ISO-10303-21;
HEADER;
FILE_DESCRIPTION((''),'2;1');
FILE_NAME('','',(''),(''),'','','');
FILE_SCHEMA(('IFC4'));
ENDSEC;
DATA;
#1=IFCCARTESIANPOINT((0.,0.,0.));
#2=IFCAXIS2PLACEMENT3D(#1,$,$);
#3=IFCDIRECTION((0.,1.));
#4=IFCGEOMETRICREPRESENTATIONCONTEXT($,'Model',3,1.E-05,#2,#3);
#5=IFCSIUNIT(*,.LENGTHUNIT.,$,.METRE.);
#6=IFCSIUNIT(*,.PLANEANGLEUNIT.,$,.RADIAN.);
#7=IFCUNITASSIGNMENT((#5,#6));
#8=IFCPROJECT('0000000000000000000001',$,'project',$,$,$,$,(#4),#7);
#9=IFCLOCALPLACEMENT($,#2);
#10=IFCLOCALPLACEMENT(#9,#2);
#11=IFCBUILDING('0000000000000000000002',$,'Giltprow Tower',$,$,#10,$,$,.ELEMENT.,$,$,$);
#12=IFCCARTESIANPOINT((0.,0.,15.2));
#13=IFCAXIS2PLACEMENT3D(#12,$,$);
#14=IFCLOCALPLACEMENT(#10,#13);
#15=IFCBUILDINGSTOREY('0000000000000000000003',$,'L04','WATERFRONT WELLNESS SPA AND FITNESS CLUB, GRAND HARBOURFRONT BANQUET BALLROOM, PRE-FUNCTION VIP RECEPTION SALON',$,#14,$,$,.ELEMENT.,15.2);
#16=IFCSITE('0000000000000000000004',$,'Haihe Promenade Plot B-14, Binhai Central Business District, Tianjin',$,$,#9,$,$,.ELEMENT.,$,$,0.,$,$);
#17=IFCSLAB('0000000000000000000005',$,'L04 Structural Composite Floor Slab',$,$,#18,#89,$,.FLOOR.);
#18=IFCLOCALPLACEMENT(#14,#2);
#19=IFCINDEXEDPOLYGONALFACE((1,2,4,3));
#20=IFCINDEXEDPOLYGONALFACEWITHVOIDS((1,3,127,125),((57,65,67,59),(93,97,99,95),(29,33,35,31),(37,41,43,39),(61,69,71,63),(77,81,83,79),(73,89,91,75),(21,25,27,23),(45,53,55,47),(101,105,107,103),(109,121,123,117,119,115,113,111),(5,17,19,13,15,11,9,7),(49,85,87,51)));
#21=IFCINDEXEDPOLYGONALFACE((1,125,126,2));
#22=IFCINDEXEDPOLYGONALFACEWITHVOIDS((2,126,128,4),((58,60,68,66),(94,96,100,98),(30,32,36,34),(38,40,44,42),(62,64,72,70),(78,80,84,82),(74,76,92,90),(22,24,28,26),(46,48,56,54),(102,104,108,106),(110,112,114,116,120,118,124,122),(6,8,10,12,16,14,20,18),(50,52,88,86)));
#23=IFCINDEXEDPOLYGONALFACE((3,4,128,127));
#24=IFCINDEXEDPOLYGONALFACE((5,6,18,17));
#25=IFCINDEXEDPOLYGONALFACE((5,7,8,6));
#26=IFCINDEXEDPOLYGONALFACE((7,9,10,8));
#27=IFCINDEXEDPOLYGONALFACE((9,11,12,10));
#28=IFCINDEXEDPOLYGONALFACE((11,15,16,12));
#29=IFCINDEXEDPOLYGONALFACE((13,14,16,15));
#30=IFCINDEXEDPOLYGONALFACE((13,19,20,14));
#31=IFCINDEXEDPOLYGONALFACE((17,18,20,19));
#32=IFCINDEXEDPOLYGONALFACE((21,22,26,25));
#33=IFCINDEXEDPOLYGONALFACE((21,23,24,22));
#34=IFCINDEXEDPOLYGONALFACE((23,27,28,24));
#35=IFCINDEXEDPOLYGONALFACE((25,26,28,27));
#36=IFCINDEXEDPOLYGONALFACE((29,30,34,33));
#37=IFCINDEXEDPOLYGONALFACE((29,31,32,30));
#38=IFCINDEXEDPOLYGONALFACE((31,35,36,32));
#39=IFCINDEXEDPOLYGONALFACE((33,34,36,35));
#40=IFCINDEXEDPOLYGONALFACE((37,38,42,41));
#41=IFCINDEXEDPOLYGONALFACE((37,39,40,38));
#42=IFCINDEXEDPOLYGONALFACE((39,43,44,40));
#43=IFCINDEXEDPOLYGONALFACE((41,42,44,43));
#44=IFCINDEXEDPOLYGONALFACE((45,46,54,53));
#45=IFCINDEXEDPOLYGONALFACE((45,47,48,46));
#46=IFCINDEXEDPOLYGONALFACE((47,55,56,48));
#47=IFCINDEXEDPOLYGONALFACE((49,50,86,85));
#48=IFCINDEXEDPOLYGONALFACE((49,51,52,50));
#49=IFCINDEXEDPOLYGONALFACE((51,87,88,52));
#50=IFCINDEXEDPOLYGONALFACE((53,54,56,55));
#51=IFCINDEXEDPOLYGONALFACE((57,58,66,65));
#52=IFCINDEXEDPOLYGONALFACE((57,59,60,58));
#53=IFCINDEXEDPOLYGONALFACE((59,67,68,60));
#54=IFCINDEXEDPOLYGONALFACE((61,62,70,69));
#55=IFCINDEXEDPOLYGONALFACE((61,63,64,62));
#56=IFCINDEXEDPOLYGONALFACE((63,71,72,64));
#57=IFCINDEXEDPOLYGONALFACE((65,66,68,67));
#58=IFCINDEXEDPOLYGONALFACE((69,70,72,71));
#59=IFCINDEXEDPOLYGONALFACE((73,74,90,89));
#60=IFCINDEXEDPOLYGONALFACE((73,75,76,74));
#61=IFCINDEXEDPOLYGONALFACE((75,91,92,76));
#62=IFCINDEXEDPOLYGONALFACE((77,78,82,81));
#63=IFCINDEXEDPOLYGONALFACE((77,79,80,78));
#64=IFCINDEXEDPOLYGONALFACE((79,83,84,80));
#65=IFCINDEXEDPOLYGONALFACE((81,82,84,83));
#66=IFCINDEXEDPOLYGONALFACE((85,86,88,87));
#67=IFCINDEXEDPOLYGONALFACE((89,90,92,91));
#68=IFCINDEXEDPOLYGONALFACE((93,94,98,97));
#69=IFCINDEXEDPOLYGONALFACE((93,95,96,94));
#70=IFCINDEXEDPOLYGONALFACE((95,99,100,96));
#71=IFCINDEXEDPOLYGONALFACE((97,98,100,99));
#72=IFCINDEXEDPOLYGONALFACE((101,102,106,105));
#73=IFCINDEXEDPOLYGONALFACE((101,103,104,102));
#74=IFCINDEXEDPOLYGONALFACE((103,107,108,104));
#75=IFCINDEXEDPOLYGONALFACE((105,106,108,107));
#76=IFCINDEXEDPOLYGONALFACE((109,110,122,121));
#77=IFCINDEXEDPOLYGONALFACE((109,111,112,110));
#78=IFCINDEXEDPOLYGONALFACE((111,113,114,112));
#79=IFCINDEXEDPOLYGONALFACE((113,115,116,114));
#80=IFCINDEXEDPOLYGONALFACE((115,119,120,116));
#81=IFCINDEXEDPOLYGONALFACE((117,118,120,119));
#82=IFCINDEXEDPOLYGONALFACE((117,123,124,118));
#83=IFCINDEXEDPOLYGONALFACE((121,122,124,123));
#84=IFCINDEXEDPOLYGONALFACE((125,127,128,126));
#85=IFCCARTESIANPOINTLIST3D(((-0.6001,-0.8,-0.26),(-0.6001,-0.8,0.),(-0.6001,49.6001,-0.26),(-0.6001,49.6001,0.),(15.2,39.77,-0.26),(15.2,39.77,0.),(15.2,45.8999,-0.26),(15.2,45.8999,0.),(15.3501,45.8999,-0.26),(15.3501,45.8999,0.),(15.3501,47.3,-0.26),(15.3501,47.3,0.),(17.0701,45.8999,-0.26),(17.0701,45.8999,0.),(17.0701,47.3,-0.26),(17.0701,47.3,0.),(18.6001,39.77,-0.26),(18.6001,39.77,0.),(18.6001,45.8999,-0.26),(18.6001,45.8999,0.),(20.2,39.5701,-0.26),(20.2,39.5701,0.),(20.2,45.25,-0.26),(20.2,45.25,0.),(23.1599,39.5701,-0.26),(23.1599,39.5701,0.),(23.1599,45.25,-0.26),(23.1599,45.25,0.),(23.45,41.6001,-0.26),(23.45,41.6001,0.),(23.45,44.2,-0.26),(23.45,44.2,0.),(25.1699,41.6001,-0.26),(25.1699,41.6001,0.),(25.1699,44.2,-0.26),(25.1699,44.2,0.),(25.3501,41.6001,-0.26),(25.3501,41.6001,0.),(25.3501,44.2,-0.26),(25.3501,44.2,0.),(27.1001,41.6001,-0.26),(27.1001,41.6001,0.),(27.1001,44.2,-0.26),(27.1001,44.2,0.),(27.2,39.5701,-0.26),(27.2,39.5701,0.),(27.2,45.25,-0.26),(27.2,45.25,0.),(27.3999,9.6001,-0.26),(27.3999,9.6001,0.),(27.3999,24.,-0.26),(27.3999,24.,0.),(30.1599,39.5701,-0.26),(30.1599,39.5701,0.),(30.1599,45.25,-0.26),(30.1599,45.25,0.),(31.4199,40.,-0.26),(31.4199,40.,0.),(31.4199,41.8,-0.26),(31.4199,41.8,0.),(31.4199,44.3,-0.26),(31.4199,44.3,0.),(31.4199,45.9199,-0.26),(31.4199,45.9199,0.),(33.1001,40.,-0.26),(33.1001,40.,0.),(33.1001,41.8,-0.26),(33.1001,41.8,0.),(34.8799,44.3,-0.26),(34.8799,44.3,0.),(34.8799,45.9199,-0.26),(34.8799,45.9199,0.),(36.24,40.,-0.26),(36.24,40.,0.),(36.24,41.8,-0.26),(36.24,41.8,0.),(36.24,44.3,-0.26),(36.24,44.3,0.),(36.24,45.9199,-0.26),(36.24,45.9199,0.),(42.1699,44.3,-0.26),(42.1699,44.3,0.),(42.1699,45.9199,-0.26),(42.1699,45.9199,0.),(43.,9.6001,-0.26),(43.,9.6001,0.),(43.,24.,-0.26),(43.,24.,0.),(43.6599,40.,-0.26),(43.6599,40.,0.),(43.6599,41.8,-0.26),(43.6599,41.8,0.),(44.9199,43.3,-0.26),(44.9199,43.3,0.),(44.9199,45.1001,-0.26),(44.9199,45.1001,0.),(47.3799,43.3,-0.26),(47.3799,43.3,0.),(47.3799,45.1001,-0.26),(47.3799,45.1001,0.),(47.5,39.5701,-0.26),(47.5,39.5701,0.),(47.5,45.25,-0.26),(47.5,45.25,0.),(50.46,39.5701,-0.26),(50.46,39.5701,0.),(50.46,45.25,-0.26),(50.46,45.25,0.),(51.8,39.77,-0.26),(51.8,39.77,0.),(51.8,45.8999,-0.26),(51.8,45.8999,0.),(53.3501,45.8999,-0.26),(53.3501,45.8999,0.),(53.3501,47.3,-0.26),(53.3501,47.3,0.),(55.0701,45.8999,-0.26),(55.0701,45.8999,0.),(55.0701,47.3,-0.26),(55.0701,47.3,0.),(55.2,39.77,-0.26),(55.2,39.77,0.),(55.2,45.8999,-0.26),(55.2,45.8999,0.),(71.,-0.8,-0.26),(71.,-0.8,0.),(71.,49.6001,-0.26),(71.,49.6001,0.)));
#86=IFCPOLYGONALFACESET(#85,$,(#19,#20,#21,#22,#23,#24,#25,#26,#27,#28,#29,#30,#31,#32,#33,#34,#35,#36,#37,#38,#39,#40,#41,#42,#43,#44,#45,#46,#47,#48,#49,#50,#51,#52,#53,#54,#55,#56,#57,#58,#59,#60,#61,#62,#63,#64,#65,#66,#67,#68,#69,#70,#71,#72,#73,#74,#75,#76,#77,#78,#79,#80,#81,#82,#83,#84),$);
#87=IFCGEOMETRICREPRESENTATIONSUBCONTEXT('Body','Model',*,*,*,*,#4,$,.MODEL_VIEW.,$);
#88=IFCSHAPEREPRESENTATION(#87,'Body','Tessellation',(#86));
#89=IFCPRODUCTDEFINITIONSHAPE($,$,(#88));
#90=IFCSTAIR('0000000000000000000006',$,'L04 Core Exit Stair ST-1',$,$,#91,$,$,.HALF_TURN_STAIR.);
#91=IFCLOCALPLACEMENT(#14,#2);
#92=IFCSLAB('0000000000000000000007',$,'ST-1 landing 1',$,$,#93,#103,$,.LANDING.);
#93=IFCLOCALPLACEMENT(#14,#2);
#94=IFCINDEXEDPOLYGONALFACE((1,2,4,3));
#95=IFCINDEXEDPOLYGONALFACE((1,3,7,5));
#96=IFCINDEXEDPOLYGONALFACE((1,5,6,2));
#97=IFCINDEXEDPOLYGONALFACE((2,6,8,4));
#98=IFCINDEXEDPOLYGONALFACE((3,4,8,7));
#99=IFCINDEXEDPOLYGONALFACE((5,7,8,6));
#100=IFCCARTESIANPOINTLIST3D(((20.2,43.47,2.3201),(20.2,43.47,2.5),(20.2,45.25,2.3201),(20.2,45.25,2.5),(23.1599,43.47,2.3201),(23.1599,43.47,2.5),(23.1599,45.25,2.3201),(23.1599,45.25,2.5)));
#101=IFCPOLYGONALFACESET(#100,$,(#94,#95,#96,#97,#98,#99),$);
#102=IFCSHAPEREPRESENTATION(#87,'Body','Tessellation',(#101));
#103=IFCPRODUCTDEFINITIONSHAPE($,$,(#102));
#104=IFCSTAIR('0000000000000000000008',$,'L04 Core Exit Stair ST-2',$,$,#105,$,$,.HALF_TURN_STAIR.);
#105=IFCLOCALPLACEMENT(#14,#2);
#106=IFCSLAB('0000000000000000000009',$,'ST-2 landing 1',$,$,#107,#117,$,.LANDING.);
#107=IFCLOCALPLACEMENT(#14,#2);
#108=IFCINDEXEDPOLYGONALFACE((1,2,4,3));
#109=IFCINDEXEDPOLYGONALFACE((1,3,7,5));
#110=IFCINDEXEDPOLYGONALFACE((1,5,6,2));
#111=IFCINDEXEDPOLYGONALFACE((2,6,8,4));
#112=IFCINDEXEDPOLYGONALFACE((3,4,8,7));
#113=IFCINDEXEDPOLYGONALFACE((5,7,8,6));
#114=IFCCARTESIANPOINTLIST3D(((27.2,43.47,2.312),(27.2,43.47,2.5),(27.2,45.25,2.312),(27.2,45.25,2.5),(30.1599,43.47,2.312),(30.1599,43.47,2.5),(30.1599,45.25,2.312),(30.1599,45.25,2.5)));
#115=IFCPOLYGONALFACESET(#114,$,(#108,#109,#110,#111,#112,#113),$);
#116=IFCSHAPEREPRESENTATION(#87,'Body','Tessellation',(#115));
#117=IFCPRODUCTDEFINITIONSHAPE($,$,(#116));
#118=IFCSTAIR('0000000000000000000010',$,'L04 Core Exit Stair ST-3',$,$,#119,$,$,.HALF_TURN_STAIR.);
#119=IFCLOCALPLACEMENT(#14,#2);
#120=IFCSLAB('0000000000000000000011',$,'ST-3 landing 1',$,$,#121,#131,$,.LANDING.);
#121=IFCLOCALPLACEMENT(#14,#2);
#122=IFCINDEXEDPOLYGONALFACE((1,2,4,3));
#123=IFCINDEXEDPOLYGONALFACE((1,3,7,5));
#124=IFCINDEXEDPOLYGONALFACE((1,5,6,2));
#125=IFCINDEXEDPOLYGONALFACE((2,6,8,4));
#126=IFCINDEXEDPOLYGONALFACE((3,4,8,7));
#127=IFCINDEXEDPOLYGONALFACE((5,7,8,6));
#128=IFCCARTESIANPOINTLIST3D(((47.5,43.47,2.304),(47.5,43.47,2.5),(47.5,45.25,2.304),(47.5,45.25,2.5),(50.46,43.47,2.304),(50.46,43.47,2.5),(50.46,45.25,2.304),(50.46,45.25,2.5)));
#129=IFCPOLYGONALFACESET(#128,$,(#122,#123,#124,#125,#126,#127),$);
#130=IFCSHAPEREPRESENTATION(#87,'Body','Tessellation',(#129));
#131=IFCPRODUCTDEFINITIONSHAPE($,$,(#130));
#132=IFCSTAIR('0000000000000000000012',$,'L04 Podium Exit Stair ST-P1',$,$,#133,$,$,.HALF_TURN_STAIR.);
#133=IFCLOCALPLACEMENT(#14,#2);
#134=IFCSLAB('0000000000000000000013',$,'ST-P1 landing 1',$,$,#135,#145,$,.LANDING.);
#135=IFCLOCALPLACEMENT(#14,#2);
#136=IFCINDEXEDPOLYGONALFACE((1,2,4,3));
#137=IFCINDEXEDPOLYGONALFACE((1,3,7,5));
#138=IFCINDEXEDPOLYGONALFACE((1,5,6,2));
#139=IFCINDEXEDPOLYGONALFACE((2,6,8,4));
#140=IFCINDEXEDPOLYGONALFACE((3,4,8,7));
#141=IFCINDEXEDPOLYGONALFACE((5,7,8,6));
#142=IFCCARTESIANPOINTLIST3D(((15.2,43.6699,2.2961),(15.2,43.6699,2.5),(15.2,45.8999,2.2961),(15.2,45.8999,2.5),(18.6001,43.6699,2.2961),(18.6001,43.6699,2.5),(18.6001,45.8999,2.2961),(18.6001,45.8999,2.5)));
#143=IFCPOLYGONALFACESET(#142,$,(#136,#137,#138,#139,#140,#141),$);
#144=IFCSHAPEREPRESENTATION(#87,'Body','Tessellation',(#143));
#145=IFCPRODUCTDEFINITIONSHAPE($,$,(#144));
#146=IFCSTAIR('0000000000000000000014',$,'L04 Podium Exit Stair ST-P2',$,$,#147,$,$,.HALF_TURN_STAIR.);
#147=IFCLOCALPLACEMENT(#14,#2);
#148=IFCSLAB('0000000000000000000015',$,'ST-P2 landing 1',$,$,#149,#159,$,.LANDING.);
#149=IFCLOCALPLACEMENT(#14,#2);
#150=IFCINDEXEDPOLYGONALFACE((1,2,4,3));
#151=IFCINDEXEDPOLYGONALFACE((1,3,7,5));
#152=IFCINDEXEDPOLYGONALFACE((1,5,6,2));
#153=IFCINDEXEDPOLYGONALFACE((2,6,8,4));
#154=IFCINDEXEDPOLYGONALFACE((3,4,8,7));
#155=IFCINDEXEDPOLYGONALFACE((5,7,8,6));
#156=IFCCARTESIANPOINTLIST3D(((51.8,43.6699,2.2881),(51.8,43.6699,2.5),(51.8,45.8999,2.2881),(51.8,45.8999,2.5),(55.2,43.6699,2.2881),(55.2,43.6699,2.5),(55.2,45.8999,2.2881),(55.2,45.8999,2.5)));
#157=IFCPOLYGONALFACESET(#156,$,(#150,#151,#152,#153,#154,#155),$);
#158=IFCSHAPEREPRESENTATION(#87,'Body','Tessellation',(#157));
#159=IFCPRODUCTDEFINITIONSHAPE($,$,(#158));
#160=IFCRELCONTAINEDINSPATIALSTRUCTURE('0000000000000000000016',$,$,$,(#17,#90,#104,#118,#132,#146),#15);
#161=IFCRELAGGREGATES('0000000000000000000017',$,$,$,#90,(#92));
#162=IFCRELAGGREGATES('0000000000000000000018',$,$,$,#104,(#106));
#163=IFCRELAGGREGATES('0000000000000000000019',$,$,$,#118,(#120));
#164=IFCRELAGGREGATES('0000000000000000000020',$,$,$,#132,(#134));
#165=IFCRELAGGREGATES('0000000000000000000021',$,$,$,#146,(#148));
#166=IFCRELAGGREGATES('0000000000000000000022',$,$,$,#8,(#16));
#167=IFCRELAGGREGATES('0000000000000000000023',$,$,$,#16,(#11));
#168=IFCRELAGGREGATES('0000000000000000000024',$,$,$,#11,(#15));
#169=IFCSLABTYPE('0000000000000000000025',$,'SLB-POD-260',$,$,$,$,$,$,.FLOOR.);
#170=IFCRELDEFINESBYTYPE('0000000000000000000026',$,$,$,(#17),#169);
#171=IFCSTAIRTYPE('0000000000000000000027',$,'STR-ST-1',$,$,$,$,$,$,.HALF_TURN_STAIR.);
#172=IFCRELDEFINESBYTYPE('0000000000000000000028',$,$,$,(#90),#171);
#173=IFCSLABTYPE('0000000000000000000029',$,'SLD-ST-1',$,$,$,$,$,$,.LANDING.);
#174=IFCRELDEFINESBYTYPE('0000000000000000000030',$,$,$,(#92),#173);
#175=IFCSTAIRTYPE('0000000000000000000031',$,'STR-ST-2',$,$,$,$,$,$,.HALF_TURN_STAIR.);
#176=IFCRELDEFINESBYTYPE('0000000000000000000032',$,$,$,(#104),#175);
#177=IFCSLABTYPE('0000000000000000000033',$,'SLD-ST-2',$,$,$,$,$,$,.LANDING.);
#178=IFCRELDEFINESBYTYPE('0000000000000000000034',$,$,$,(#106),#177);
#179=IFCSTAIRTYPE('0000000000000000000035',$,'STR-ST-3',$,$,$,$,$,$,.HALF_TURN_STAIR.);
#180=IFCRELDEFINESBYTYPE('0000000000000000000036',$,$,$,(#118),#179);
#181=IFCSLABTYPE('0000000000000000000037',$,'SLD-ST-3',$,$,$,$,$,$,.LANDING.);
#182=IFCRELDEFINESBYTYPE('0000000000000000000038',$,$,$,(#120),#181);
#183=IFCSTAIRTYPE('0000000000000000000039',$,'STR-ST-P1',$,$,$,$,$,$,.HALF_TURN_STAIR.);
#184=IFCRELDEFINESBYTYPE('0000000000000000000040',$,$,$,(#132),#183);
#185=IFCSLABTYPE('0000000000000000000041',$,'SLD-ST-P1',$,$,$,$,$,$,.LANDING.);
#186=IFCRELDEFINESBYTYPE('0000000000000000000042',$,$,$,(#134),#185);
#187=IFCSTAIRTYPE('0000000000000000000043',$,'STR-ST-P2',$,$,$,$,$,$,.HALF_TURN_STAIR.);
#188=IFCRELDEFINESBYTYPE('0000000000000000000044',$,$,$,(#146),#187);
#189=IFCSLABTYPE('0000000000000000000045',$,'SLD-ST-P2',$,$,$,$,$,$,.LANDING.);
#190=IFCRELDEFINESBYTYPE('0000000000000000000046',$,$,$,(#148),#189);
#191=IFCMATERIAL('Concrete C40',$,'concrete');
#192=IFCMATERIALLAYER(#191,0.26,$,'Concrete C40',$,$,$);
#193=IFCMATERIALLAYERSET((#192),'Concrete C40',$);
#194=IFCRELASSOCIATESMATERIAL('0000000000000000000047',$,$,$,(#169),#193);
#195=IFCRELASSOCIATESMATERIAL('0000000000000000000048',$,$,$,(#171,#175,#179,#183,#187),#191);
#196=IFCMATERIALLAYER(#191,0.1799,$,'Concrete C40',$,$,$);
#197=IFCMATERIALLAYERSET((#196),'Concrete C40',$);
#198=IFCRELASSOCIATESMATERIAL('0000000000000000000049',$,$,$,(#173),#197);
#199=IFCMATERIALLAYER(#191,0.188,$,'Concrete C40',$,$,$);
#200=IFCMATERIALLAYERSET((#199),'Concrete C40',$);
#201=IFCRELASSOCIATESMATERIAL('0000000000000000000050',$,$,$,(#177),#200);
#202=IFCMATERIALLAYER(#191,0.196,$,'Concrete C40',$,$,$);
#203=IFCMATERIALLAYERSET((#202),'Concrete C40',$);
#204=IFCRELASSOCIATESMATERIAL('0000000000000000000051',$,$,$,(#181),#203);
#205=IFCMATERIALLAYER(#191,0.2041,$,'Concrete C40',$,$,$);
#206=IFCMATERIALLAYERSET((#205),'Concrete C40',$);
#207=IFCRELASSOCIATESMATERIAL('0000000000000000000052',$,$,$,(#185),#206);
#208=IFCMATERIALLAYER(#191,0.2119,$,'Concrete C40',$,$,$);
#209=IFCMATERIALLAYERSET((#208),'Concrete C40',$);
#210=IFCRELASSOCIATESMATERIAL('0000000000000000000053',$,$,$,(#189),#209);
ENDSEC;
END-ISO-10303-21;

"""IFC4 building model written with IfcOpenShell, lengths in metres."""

from ifc_helpers import new_model, si_unit, direction, frame, origin, place, context, subcontext, project, spatial, polyline, outline, extrude, material, layer, layer_set, type_object, element, aggregate, save


model = new_model("IFC4")

# Units and contexts
model_context = context("Model", 3, precision=1e-05, world=origin(), true_north=direction((0.0, 1.0)))
body_context = subcontext(model_context, "Body", "Model", "MODEL_VIEW")
ifc_project = project(units=[si_unit("LENGTHUNIT", "METRE"), si_unit("PLANEANGLEUNIT", "RADIAN")], contexts=[model_context])

# Site, building, storey
site_placement = place(None, origin())
site = spatial("IfcSite", under=ifc_project, at=site_placement, Name="Haihe Promenade Plot B-14, Binhai Central Business District, Tianjin", CompositionType="ELEMENT", RefElevation=0.0)
building_placement = place(site_placement, origin())
building = spatial("IfcBuilding", under=site, at=building_placement, Name="Giltprow Tower", CompositionType="ELEMENT")
storey_placement = place(building_placement, frame((0.0, 0.0, 15.2)))
storey = spatial("IfcBuildingStorey", under=building, at=storey_placement, Name="L04", Description="WATERFRONT WELLNESS SPA AND FITNESS CLUB, GRAND HARBOURFRONT BANQUET BALLROOM, PRE-FUNCTION VIP RECEPTION SALON", CompositionType="ELEMENT", Elevation=15.2)

# Slab
ifc_material_1 = material(Name="Concrete C40", Category="concrete")
ifc_layer_1 = layer(ifc_material_1, 0.26, Name="Concrete C40")
ifc_layer_set_1 = layer_set([ifc_layer_1], Name="Concrete C40")
slab_type_1 = type_object("IfcSlabType", Name="SLB-POD-260", PredefinedType="FLOOR", material=ifc_layer_set_1)
slab_1_placement = place(storey_placement, frame((0.0, 0.0, -0.26)))
element("IfcSlab", 1, at=slab_1_placement, inside=storey, type_object=slab_type_1, Name="L04 Structural Composite Floor Slab", PredefinedType="FLOOR", context=body_context, shape_type="SweptSolid", body=[
    extrude(outline(polyline([(-0.6001, 49.6001), (71.0, 49.6001), (71.0, -0.8), (-0.6001, -0.8), (-0.6001, 49.6001)]), holes=[polyline([(31.4199, 41.8), (31.4199, 40.0), (33.1001, 40.0), (33.1001, 41.8), (31.4199, 41.8)]), polyline([(23.1599, 39.5701), (23.1599, 45.25), (20.2, 45.25), (20.2, 39.5701), (23.1599, 39.5701)]), polyline([(30.1599, 39.5701), (30.1599, 45.25), (27.2, 45.25), (27.2, 39.5701), (30.1599, 39.5701)]), polyline([(18.6001, 39.77), (18.6001, 45.8999), (17.0701, 45.8999), (17.0701, 47.3), (15.3501, 47.3), (15.3501, 45.8999), (15.2, 45.8999), (15.2, 39.77), (18.6001, 39.77)]), polyline([(25.1699, 41.6001), (25.1699, 44.2), (23.45, 44.2), (23.45, 41.6001), (25.1699, 41.6001)]), polyline([(27.1001, 41.6001), (27.1001, 44.2), (25.3501, 44.2), (25.3501, 41.6001), (27.1001, 41.6001)]), polyline([(34.8799, 44.3), (34.8799, 45.9199), (31.4199, 45.9199), (31.4199, 44.3), (34.8799, 44.3)]), polyline([(43.0, 9.6001), (43.0, 24.0), (27.3999, 24.0), (27.3999, 9.6001), (43.0, 9.6001)]), polyline([(43.6599, 40.0), (43.6599, 41.8), (36.24, 41.8), (36.24, 40.0), (43.6599, 40.0)]), polyline([(50.46, 39.5701), (50.46, 45.25), (47.5, 45.25), (47.5, 39.5701), (50.46, 39.5701)]), polyline([(53.3501, 47.3), (53.3501, 45.8999), (51.8, 45.8999), (51.8, 39.77), (55.2, 39.77), (55.2, 45.8999), (55.0701, 45.8999), (55.0701, 47.3), (53.3501, 47.3)]), polyline([(47.3799, 43.3), (47.3799, 45.1001), (44.9199, 45.1001), (44.9199, 43.3), (47.3799, 43.3)]), polyline([(42.1699, 44.3), (42.1699, 45.9199), (36.24, 45.9199), (36.24, 44.3), (42.1699, 44.3)])]), origin(), (0.0, 0.0, 1.0), 0.26),
])

# Stairs, slabs
stair_type_1 = type_object("IfcStairType", Name="STR-ST-1", PredefinedType="HALF_TURN_STAIR", material=ifc_material_1)
stair_1_placement = place(storey_placement, origin())
stair_1 = element("IfcStair", 2, at=stair_1_placement, inside=storey, type_object=stair_type_1, Name="L04 Core Exit Stair ST-1", PredefinedType="HALF_TURN_STAIR")
ifc_layer_2 = layer(ifc_material_1, 0.1799, Name="Concrete C40")
ifc_layer_set_2 = layer_set([ifc_layer_2], Name="Concrete C40")
slab_type_2 = type_object("IfcSlabType", Name="SLD-ST-1", PredefinedType="LANDING", material=ifc_layer_set_2)
slab_2_placement = place(storey_placement, frame((0.0, 0.0, 2.3201)))
slab_2 = element("IfcSlab", 3, at=slab_2_placement, type_object=slab_type_2, Name="ST-1 landing 1", PredefinedType="LANDING", context=body_context, shape_type="SweptSolid", body=[
    extrude(outline(polyline([(23.1599, 43.47), (23.1599, 45.25), (20.2, 45.25), (20.2, 43.47), (23.1599, 43.47)])), origin(), (0.0, 0.0, 1.0), 0.1799),
])
aggregate(stair_1, [slab_2])
stair_type_2 = type_object("IfcStairType", Name="STR-ST-2", PredefinedType="HALF_TURN_STAIR", material=ifc_material_1)
stair_2_placement = place(storey_placement, origin())
stair_2 = element("IfcStair", 4, at=stair_2_placement, inside=storey, type_object=stair_type_2, Name="L04 Core Exit Stair ST-2", PredefinedType="HALF_TURN_STAIR")
ifc_layer_3 = layer(ifc_material_1, 0.188, Name="Concrete C40")
ifc_layer_set_3 = layer_set([ifc_layer_3], Name="Concrete C40")
slab_type_3 = type_object("IfcSlabType", Name="SLD-ST-2", PredefinedType="LANDING", material=ifc_layer_set_3)
slab_3_placement = place(storey_placement, frame((0.0, 0.0, 2.312)))
slab_3 = element("IfcSlab", 5, at=slab_3_placement, type_object=slab_type_3, Name="ST-2 landing 1", PredefinedType="LANDING", context=body_context, shape_type="SweptSolid", body=[
    extrude(outline(polyline([(30.1599, 43.47), (30.1599, 45.25), (27.2, 45.25), (27.2, 43.47), (30.1599, 43.47)])), origin(), (0.0, 0.0, 1.0), 0.188),
])
aggregate(stair_2, [slab_3])
stair_type_3 = type_object("IfcStairType", Name="STR-ST-3", PredefinedType="HALF_TURN_STAIR", material=ifc_material_1)
stair_3_placement = place(storey_placement, origin())
stair_3 = element("IfcStair", 6, at=stair_3_placement, inside=storey, type_object=stair_type_3, Name="L04 Core Exit Stair ST-3", PredefinedType="HALF_TURN_STAIR")
ifc_layer_4 = layer(ifc_material_1, 0.196, Name="Concrete C40")
ifc_layer_set_4 = layer_set([ifc_layer_4], Name="Concrete C40")
slab_type_4 = type_object("IfcSlabType", Name="SLD-ST-3", PredefinedType="LANDING", material=ifc_layer_set_4)
slab_4_placement = place(storey_placement, frame((0.0, 0.0, 2.304)))
slab_4 = element("IfcSlab", 7, at=slab_4_placement, type_object=slab_type_4, Name="ST-3 landing 1", PredefinedType="LANDING", context=body_context, shape_type="SweptSolid", body=[
    extrude(outline(polyline([(50.46, 43.47), (50.46, 45.25), (47.5, 45.25), (47.5, 43.47), (50.46, 43.47)])), origin(), (0.0, 0.0, 1.0), 0.196),
])
aggregate(stair_3, [slab_4])
stair_type_4 = type_object("IfcStairType", Name="STR-ST-P1", PredefinedType="HALF_TURN_STAIR", material=ifc_material_1)
stair_4_placement = place(storey_placement, origin())
stair_4 = element("IfcStair", 8, at=stair_4_placement, inside=storey, type_object=stair_type_4, Name="L04 Podium Exit Stair ST-P1", PredefinedType="HALF_TURN_STAIR")
ifc_layer_5 = layer(ifc_material_1, 0.2041, Name="Concrete C40")
ifc_layer_set_5 = layer_set([ifc_layer_5], Name="Concrete C40")
slab_type_5 = type_object("IfcSlabType", Name="SLD-ST-P1", PredefinedType="LANDING", material=ifc_layer_set_5)
slab_5_placement = place(storey_placement, frame((0.0, 0.0, 2.2961)))
slab_5 = element("IfcSlab", 9, at=slab_5_placement, type_object=slab_type_5, Name="ST-P1 landing 1", PredefinedType="LANDING", context=body_context, shape_type="SweptSolid", body=[
    extrude(outline(polyline([(18.6001, 43.6699), (18.6001, 45.8999), (15.2, 45.8999), (15.2, 43.6699), (18.6001, 43.6699)])), origin(), (0.0, 0.0, 1.0), 0.2039),
])
aggregate(stair_4, [slab_5])
stair_type_5 = type_object("IfcStairType", Name="STR-ST-P2", PredefinedType="HALF_TURN_STAIR", material=ifc_material_1)
stair_5_placement = place(storey_placement, origin())
stair_5 = element("IfcStair", 10, at=stair_5_placement, inside=storey, type_object=stair_type_5, Name="L04 Podium Exit Stair ST-P2", PredefinedType="HALF_TURN_STAIR")
ifc_layer_6 = layer(ifc_material_1, 0.2119, Name="Concrete C40")
ifc_layer_set_6 = layer_set([ifc_layer_6], Name="Concrete C40")
slab_type_6 = type_object("IfcSlabType", Name="SLD-ST-P2", PredefinedType="LANDING", material=ifc_layer_set_6)
slab_6_placement = place(storey_placement, frame((0.0, 0.0, 2.2881)))
slab_6 = element("IfcSlab", 11, at=slab_6_placement, type_object=slab_type_6, Name="ST-P2 landing 1", PredefinedType="LANDING", context=body_context, shape_type="SweptSolid", body=[
    extrude(outline(polyline([(55.2, 43.6699), (55.2, 45.8999), (51.8, 45.8999), (51.8, 43.6699), (55.2, 43.6699)])), origin(), (0.0, 0.0, 1.0), 0.2119),
])
aggregate(stair_5, [slab_6])

save(model, "model.ifc")
